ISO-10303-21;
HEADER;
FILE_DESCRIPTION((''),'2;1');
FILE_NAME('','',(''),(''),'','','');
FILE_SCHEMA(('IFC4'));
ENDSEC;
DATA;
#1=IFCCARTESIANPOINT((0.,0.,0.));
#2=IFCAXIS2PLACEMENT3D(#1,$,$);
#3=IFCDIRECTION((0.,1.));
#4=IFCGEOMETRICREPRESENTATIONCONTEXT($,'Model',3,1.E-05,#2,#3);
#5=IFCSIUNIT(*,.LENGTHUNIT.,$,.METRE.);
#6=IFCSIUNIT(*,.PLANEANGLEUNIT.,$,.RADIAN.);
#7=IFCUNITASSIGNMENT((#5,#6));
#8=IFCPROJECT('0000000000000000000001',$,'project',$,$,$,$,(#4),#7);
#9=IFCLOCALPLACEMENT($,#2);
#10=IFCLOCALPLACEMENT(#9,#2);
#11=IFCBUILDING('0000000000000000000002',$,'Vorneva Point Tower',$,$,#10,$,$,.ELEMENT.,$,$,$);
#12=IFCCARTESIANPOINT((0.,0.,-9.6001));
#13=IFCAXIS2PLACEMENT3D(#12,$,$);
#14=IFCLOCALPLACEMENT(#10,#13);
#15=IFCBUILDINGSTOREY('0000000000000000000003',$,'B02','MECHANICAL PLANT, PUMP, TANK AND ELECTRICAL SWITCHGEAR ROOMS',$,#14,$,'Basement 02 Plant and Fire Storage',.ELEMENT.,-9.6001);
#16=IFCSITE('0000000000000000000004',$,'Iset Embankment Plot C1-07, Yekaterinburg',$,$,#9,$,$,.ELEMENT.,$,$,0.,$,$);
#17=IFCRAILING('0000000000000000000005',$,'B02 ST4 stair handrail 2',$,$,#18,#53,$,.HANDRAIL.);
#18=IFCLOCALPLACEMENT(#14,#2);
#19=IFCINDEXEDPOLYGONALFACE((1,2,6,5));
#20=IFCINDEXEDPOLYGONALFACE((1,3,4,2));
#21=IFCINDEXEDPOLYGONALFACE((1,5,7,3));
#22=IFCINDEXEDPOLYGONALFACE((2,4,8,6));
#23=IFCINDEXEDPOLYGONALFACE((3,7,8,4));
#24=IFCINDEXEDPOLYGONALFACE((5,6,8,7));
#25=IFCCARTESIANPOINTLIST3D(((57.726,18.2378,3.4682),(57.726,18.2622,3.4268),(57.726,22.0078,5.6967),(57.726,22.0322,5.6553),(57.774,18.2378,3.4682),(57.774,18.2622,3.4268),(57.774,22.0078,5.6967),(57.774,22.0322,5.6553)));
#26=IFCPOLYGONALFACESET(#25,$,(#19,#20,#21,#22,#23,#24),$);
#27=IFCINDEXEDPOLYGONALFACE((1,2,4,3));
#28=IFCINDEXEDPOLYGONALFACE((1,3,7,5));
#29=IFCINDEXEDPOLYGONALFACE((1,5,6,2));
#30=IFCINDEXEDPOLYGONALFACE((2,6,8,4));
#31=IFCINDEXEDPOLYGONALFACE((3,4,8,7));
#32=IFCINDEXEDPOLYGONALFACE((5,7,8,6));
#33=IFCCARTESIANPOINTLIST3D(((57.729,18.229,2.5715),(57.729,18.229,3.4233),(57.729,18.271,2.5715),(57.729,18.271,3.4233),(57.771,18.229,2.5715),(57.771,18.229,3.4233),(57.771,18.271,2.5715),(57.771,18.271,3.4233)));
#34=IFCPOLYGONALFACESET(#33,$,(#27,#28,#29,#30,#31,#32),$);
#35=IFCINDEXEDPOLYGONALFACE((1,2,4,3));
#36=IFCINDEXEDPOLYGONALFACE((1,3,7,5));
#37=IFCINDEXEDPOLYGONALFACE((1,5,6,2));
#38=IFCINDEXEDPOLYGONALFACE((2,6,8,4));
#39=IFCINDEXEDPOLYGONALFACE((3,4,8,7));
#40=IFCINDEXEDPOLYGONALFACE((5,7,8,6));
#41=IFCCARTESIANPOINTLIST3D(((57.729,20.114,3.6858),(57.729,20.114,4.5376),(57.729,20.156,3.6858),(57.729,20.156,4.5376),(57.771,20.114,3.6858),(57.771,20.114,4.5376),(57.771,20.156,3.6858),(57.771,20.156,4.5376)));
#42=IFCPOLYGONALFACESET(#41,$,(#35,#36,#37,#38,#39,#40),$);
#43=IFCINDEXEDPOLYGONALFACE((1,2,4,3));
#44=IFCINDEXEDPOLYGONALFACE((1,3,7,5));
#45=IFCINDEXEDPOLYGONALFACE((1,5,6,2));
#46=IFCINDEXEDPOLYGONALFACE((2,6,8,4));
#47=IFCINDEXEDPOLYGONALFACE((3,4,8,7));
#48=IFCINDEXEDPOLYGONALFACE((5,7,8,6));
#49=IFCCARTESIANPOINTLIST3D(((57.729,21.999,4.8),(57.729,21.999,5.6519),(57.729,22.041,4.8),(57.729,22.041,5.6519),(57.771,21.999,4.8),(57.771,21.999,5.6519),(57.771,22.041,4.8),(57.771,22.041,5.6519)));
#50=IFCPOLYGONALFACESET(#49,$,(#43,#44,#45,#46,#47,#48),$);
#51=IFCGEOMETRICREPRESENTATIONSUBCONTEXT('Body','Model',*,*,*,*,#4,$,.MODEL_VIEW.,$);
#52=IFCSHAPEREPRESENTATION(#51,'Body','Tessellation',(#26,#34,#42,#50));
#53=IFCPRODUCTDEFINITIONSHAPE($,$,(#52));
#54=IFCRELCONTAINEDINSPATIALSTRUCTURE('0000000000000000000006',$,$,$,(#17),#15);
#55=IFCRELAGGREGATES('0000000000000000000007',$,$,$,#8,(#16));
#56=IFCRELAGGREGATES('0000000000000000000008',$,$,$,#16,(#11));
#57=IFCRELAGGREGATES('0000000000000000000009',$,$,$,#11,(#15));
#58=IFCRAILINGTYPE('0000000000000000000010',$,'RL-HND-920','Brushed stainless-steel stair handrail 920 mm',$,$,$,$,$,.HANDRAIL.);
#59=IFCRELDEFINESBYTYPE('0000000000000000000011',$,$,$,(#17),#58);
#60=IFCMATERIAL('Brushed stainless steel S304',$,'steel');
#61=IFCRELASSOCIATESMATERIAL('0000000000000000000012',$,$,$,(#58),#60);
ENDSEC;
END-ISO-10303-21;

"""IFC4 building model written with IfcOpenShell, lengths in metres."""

from ifc_helpers import new_model, si_unit, direction, frame, origin, origin_2d, place, context, subcontext, project, spatial, rectangle, extrude, material, type_object, element, save


model = new_model("IFC4")

# Units and contexts
model_context = context("Model", 3, precision=1e-05, world=origin(), true_north=direction((0.0, 1.0)))
body_context = subcontext(model_context, "Body", "Model", "MODEL_VIEW")
ifc_project = project(units=[si_unit("LENGTHUNIT", "METRE"), si_unit("PLANEANGLEUNIT", "RADIAN")], contexts=[model_context])

# Site, building, storey
site_placement = place(None, origin())
site = spatial("IfcSite", under=ifc_project, at=site_placement, Name="Iset Embankment Plot C1-07, Yekaterinburg", CompositionType="ELEMENT", RefElevation=0.0)
building_placement = place(site_placement, origin())
building = spatial("IfcBuilding", under=site, at=building_placement, Name="Vorneva Point Tower", CompositionType="ELEMENT")
storey_placement = place(building_placement, frame((0.0, 0.0, -9.6001)))
storey = spatial("IfcBuildingStorey", under=building, at=storey_placement, Name="B02", Description="MECHANICAL PLANT, PUMP, TANK AND ELECTRICAL SWITCHGEAR ROOMS", LongName="Basement 02 Plant and Fire Storage", CompositionType="ELEMENT", Elevation=-9.6001)

# Railing
ifc_material_1 = material(Name="Brushed stainless steel S304", Category="steel")
railing_type = type_object("IfcRailingType", Name="RL-HND-920", Description="Brushed stainless-steel stair handrail 920 mm", PredefinedType="HANDRAIL", material=ifc_material_1)
railing_placement = place(storey_placement, frame((57.75, 18.25, 2.5715)))
element("IfcRailing", 1, at=railing_placement, inside=storey, type_object=railing_type, Name="B02 ST4 stair handrail 2", PredefinedType="HANDRAIL", context=body_context, shape_type="SweptSolid", body=[
    extrude(rectangle(XDim=0.0481, YDim=0.0481, at=origin_2d()), frame((0.0, 0.0, 0.876), z_axis=(0.0, 0.860849, 0.508861), x_axis=(-1.0, 0.0, 0.0)), (0.0, 0.0, 1.0), 4.3794),
    extrude(rectangle(XDim=0.042, YDim=0.042, at=origin_2d()), origin(), (0.0, 0.0, 1.0), 0.8518),
    extrude(rectangle(XDim=0.042, YDim=0.042, at=origin_2d()), frame((0.0, 1.885, 1.1143)), (0.0, 0.0, 1.0), 0.8518),
    extrude(rectangle(XDim=0.042, YDim=0.042, at=origin_2d()), frame((0.0, 3.77, 2.2285)), (0.0, 0.0, 1.0), 0.8518),
])

save(model, "model.ifc")
